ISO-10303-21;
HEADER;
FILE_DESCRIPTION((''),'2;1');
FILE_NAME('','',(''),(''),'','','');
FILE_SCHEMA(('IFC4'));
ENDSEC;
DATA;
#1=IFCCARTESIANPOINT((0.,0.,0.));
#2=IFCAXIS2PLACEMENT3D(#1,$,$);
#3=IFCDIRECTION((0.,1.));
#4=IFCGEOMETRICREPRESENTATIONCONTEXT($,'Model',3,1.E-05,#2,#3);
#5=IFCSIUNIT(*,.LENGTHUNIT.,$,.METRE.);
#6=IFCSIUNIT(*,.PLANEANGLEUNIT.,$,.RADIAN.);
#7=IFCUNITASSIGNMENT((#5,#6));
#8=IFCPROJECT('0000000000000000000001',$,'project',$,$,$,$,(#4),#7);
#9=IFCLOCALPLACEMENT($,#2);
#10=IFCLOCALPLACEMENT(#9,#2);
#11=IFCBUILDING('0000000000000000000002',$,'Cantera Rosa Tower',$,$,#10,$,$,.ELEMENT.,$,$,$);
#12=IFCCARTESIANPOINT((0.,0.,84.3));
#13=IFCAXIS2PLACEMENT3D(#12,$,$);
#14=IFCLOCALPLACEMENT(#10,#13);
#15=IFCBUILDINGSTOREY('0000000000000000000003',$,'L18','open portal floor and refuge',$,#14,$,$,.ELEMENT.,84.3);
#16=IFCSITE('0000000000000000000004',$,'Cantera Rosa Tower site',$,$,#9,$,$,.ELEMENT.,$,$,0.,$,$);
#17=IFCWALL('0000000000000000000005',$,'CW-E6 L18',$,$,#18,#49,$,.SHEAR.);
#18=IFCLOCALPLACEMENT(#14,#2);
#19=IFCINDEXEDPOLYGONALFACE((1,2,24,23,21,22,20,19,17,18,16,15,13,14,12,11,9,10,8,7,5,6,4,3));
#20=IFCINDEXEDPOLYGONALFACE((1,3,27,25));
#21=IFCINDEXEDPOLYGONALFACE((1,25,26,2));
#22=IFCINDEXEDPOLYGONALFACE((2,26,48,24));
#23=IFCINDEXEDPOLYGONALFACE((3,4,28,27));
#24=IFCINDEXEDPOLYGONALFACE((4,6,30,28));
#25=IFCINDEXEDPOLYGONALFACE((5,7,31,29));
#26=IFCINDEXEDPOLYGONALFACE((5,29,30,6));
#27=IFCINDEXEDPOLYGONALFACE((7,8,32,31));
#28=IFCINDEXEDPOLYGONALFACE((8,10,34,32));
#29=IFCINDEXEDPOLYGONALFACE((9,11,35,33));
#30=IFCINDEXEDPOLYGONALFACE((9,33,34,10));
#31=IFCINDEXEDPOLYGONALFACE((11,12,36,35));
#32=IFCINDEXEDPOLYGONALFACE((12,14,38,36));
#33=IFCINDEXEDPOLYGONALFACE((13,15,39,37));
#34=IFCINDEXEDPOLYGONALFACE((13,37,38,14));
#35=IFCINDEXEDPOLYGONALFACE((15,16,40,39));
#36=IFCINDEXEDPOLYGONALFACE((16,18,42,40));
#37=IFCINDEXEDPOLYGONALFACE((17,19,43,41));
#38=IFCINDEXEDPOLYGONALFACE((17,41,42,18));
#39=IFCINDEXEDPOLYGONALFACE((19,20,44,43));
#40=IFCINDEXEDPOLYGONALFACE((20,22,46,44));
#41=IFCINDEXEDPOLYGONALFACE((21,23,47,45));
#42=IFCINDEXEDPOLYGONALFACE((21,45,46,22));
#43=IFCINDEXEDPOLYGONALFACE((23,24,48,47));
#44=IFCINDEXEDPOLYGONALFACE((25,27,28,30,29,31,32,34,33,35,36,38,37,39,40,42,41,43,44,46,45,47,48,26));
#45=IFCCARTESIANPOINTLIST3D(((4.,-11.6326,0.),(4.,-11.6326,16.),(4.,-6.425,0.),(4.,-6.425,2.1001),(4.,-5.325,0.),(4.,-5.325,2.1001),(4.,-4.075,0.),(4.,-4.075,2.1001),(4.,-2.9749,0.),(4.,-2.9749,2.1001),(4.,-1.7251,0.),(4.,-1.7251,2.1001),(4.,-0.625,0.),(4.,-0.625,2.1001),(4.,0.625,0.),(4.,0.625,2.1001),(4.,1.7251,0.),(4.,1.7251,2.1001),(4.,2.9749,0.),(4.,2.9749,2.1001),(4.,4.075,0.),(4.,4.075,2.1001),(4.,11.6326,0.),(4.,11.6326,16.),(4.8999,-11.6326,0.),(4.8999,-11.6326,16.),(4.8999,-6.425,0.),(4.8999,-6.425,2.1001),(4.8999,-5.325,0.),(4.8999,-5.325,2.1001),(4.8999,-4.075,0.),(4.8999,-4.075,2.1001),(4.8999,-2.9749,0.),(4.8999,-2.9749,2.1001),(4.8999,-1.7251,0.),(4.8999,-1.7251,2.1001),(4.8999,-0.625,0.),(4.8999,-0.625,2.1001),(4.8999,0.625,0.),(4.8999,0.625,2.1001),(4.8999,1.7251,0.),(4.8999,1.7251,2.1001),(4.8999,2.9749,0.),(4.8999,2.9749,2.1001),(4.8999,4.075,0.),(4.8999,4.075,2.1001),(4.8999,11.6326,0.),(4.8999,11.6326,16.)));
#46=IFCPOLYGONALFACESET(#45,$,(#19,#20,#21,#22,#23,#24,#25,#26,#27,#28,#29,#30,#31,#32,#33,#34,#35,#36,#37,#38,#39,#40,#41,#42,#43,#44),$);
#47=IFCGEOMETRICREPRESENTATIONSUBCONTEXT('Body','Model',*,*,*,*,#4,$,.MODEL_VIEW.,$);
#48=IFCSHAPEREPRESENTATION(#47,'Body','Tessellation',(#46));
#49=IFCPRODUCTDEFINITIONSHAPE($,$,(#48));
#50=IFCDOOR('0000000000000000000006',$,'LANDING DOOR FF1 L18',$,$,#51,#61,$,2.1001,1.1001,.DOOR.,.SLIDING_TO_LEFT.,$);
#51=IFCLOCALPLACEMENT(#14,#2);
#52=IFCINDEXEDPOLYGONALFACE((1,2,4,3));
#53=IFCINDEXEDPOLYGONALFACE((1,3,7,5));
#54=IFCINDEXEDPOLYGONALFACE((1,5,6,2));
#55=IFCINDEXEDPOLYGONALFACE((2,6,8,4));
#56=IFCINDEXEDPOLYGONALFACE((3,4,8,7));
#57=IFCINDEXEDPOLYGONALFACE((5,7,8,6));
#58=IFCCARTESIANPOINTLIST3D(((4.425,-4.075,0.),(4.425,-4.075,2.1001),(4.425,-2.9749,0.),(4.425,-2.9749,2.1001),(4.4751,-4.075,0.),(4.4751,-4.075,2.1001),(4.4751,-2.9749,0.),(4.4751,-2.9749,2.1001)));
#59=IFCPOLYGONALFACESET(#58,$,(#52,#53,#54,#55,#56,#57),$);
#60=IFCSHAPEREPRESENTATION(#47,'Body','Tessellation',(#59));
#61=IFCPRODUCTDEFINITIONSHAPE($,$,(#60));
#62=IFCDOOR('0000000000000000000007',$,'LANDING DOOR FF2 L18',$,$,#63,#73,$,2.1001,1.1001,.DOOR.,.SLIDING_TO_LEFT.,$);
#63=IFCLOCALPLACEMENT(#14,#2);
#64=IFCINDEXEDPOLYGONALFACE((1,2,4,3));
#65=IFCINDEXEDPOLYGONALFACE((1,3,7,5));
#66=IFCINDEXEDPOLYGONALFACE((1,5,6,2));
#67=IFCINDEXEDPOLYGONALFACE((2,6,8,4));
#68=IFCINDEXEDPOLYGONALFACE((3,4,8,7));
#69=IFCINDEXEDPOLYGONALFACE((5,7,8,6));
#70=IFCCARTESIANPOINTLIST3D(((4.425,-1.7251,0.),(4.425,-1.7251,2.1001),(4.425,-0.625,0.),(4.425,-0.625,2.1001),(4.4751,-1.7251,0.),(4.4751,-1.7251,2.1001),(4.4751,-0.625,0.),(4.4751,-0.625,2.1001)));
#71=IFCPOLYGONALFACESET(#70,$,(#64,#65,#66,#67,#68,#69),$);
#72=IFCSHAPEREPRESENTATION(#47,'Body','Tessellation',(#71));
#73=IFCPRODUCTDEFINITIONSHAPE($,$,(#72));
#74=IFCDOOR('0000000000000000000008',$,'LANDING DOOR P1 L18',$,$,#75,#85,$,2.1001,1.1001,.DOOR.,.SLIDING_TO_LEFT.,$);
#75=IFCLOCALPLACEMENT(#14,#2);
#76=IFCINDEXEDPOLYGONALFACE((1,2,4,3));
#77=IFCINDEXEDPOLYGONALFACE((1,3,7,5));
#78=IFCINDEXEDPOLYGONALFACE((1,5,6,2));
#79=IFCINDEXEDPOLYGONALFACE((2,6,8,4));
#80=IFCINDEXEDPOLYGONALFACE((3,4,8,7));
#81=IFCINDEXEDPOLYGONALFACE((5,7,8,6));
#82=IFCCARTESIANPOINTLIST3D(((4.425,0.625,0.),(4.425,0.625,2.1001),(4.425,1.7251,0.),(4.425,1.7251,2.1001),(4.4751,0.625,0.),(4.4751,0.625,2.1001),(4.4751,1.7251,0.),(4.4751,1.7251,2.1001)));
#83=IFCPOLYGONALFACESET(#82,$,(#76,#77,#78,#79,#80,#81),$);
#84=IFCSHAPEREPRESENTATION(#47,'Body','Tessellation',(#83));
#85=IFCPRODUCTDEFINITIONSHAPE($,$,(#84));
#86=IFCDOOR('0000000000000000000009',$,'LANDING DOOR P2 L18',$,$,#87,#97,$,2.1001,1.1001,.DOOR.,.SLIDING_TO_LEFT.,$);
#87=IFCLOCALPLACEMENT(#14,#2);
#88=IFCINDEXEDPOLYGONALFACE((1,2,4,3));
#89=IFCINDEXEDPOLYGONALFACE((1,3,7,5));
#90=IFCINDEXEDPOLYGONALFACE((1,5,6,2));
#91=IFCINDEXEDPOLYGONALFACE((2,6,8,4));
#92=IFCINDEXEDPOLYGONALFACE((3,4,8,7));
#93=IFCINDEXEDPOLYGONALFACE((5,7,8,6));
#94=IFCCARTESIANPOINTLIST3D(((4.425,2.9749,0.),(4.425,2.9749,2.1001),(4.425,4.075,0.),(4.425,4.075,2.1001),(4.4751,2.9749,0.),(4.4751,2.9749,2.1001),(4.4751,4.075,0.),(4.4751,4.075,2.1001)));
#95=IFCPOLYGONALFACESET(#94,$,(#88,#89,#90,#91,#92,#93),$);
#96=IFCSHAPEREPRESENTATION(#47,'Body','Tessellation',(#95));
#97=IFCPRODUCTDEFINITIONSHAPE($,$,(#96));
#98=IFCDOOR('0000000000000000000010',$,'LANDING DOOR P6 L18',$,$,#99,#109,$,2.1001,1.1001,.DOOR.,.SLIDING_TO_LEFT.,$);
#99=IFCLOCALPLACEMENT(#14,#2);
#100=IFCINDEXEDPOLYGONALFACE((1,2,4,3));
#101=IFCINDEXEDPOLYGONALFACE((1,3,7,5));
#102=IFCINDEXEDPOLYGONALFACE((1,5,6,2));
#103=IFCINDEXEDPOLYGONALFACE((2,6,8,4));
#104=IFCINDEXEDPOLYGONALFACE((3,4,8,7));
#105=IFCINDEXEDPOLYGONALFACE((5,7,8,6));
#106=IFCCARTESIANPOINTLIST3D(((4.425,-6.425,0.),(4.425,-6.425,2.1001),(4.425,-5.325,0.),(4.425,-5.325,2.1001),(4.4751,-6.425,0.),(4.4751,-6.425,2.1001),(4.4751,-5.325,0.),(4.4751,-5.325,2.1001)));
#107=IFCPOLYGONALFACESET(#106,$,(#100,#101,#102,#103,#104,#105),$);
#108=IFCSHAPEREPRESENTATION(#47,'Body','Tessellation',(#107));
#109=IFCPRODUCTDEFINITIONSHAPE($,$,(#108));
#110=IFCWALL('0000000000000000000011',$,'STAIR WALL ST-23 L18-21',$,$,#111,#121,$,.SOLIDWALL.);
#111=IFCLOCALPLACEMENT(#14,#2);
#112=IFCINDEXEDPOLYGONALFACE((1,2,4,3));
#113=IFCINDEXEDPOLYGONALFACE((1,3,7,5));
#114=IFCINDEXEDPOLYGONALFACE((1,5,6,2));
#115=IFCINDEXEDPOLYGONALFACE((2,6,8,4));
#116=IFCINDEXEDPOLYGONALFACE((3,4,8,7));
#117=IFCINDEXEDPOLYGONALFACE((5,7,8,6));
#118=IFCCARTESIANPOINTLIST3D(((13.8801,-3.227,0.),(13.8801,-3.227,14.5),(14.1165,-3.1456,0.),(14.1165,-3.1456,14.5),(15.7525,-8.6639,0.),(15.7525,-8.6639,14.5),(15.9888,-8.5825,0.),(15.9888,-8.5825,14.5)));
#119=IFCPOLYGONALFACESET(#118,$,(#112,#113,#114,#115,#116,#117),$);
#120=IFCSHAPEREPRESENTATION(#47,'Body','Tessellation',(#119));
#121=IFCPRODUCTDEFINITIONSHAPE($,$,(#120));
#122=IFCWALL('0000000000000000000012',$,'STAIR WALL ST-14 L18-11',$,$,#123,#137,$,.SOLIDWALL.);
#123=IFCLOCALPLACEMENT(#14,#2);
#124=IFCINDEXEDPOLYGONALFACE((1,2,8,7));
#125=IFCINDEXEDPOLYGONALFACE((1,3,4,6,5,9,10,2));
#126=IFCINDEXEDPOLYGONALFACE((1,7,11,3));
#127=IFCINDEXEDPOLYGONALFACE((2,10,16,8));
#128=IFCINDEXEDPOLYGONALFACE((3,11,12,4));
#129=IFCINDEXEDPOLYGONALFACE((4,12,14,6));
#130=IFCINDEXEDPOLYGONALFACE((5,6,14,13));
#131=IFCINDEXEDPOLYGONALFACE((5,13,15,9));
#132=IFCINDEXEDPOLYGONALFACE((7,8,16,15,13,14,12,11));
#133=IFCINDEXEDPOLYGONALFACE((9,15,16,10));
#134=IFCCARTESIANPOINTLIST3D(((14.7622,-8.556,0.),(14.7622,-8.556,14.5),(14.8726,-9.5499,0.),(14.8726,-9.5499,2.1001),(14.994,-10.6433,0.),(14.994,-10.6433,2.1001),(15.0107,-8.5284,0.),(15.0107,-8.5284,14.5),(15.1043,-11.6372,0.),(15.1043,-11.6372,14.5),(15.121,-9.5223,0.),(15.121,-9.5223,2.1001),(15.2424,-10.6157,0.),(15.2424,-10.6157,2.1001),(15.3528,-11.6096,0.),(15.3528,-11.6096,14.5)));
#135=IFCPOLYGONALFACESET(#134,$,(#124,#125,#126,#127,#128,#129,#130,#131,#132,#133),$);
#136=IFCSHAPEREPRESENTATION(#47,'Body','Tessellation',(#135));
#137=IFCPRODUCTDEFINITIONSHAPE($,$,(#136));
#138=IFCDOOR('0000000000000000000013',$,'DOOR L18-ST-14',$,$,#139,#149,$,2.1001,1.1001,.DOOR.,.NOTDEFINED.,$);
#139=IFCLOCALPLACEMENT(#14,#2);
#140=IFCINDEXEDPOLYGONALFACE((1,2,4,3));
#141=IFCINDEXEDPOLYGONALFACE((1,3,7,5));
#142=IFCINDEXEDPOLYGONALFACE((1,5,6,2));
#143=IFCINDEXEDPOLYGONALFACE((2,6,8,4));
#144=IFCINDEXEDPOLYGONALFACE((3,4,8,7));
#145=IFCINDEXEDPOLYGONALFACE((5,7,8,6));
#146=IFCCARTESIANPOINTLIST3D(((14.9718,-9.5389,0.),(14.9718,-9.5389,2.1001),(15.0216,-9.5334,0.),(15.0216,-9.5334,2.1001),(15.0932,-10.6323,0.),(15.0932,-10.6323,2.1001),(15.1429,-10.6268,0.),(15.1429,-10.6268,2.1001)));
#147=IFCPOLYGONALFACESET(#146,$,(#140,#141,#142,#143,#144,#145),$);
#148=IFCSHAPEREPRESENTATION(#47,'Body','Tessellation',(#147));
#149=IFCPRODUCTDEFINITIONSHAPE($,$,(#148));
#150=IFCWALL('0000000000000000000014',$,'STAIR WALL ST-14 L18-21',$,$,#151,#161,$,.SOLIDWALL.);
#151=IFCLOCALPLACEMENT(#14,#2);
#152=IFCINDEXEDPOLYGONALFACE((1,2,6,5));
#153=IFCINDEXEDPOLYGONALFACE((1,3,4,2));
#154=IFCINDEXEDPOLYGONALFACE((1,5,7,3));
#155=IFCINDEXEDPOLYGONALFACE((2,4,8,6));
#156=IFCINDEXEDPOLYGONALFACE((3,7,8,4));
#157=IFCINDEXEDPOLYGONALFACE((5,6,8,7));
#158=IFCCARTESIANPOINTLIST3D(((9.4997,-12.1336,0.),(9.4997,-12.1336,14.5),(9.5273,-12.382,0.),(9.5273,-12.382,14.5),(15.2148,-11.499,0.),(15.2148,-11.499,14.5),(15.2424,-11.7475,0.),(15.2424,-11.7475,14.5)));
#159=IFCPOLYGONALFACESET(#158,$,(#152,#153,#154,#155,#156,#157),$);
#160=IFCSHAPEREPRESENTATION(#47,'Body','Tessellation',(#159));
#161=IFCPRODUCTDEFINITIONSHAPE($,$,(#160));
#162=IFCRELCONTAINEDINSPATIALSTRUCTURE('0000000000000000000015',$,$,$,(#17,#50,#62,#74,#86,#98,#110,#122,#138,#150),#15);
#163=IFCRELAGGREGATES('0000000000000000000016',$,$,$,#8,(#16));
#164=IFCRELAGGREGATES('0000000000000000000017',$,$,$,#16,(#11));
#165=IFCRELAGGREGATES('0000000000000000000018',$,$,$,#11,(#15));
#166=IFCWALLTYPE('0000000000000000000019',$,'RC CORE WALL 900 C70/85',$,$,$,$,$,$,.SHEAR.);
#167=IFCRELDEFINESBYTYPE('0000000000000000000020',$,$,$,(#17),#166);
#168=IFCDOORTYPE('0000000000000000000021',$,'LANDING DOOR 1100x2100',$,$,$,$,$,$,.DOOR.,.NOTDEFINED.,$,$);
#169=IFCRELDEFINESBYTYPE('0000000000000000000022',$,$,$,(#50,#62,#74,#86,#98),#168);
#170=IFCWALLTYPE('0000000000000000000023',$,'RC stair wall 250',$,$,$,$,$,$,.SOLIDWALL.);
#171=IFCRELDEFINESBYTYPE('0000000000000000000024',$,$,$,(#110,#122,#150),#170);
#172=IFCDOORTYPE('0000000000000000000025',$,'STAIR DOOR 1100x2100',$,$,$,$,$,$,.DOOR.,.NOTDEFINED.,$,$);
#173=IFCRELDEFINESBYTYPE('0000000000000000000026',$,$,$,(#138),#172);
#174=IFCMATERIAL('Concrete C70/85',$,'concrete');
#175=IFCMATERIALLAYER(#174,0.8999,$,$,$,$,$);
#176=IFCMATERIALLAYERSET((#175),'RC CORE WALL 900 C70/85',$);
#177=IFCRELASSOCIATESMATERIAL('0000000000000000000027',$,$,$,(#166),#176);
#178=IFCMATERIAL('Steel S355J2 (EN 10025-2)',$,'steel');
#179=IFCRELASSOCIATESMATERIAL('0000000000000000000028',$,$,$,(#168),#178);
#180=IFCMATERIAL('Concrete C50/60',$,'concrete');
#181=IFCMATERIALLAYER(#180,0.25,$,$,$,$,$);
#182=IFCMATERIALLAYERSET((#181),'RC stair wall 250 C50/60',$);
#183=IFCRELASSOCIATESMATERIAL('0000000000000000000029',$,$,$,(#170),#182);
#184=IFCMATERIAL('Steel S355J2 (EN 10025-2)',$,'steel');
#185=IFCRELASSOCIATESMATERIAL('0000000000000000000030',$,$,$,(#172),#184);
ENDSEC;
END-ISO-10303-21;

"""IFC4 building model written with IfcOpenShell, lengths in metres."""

from ifc_helpers import new_model, si_unit, direction, frame, frame_2d, origin, place, context, subcontext, project, spatial, rectangle, extrude, material, layer, layer_set, type_object, element, fill, save


model = new_model("IFC4")

# Units and contexts
model_context = context("Model", 3, precision=1e-05, world=origin(), true_north=direction((0.0, 1.0)))
body_context = subcontext(model_context, "Body", "Model", "MODEL_VIEW")
ifc_project = project(units=[si_unit("LENGTHUNIT", "METRE"), si_unit("PLANEANGLEUNIT", "RADIAN")], contexts=[model_context])

# Site, building, storey
site_placement = place(None, origin())
site = spatial("IfcSite", under=ifc_project, at=site_placement, Name="Cantera Rosa Tower site", CompositionType="ELEMENT", RefElevation=0.0)
building_placement = place(site_placement, origin())
building = spatial("IfcBuilding", under=site, at=building_placement, Name="Cantera Rosa Tower", CompositionType="ELEMENT")
storey_placement = place(building_placement, frame((0.0, 0.0, 84.3)))
storey = spatial("IfcBuildingStorey", under=building, at=storey_placement, Name="L18", Description="open portal floor and refuge", CompositionType="ELEMENT", Elevation=84.3)

# Wall, openings, doors
ifc_material_1 = material(Name="Concrete C70/85", Category="concrete")
ifc_layer_1 = layer(ifc_material_1, 0.8999)
ifc_layer_set_1 = layer_set([ifc_layer_1], Name="RC CORE WALL 900 C70/85")
wall_type_1 = type_object("IfcWallType", Name="RC CORE WALL 900 C70/85", PredefinedType="SHEAR", material=ifc_layer_set_1)
wall_1_placement = place(storey_placement, frame((4.45, -11.6326, 0.0), z_axis=(0.0, 0.0, 1.0), x_axis=(0.0, 1.0, 0.0)))
wall_1 = element("IfcWall", 1, at=wall_1_placement, inside=storey, type_object=wall_type_1, Name="CW-E6 L18", PredefinedType="SHEAR", context=body_context, shape_type="SweptSolid", body=[
    extrude(rectangle(XDim=23.2651, YDim=0.8999, at=frame_2d((11.6326, 0.0))), origin(), (0.0, 0.0, 1.0), 16.0),
])
opening_1_placement = place(wall_1_placement, frame((7.5576, 0.0, 0.0)))
opening_1 = element("IfcOpeningElement", 2, at=opening_1_placement, cuts=wall_1, PredefinedType="OPENING", context=body_context, shape_type="SweptSolid", body=[
    extrude(rectangle(XDim=1.1001, YDim=2.1001, at=frame_2d((0.55, 1.05))), frame((0.0, 0.46, 0.0), z_axis=(0.0, -1.0, 0.0), x_axis=(1.0, 0.0, 0.0)), (0.0, 0.0, 1.0), 0.9199),
])
opening_2_placement = place(wall_1_placement, frame((9.9075, 0.0, 0.0)))
opening_2 = element("IfcOpeningElement", 3, at=opening_2_placement, cuts=wall_1, PredefinedType="OPENING", context=body_context, shape_type="SweptSolid", body=[
    extrude(rectangle(XDim=1.1001, YDim=2.1001, at=frame_2d((0.55, 1.05))), frame((0.0, 0.46, 0.0), z_axis=(0.0, -1.0, 0.0), x_axis=(1.0, 0.0, 0.0)), (0.0, 0.0, 1.0), 0.9199),
])
opening_3_placement = place(wall_1_placement, frame((12.2576, 0.0, 0.0)))
opening_3 = element("IfcOpeningElement", 4, at=opening_3_placement, cuts=wall_1, PredefinedType="OPENING", context=body_context, shape_type="SweptSolid", body=[
    extrude(rectangle(XDim=1.1001, YDim=2.1001, at=frame_2d((0.55, 1.05))), frame((0.0, 0.46, 0.0), z_axis=(0.0, -1.0, 0.0), x_axis=(1.0, 0.0, 0.0)), (0.0, 0.0, 1.0), 0.9199),
])
opening_4_placement = place(wall_1_placement, frame((14.6074, 0.0, 0.0)))
opening_4 = element("IfcOpeningElement", 5, at=opening_4_placement, cuts=wall_1, PredefinedType="OPENING", context=body_context, shape_type="SweptSolid", body=[
    extrude(rectangle(XDim=1.1001, YDim=2.1001, at=frame_2d((0.55, 1.05))), frame((0.0, 0.46, 0.0), z_axis=(0.0, -1.0, 0.0), x_axis=(1.0, 0.0, 0.0)), (0.0, 0.0, 1.0), 0.9199),
])
opening_5_placement = place(wall_1_placement, frame((5.2075, 0.0, 0.0)))
opening_5 = element("IfcOpeningElement", 6, at=opening_5_placement, cuts=wall_1, PredefinedType="OPENING", context=body_context, shape_type="SweptSolid", body=[
    extrude(rectangle(XDim=1.1001, YDim=2.1001, at=frame_2d((0.55, 1.05))), frame((0.0, 0.46, 0.0), z_axis=(0.0, -1.0, 0.0), x_axis=(1.0, 0.0, 0.0)), (0.0, 0.0, 1.0), 0.9199),
])
ifc_material_2 = material(Name="Steel S355J2 (EN 10025-2)", Category="steel")
door_type_1 = type_object("IfcDoorType", Name="LANDING DOOR 1100x2100", OperationType="NOTDEFINED", PredefinedType="DOOR", material=ifc_material_2)
door_1_placement = place(opening_1_placement, origin())
door_1 = element("IfcDoor", 7, at=door_1_placement, inside=storey, type_object=door_type_1, Name="LANDING DOOR FF1 L18", OperationType="SLIDING_TO_LEFT", OverallHeight=2.1001, OverallWidth=1.1001, PredefinedType="DOOR", context=body_context, shape_type="SweptSolid", body=[
    extrude(rectangle(XDim=1.1001, YDim=2.1001, at=frame_2d((0.55, 1.05))), frame((0.0, 0.0249, 0.0), z_axis=(0.0, -1.0, 0.0), x_axis=(1.0, 0.0, 0.0)), (0.0, 0.0, 1.0), 0.05),
])
fill(opening_1, door_1)
door_2_placement = place(opening_2_placement, origin())
door_2 = element("IfcDoor", 8, at=door_2_placement, inside=storey, type_object=door_type_1, Name="LANDING DOOR FF2 L18", OperationType="SLIDING_TO_LEFT", OverallHeight=2.1001, OverallWidth=1.1001, PredefinedType="DOOR", context=body_context, shape_type="SweptSolid", body=[
    extrude(rectangle(XDim=1.1001, YDim=2.1001, at=frame_2d((0.55, 1.05))), frame((0.0, 0.0249, 0.0), z_axis=(0.0, -1.0, 0.0), x_axis=(1.0, 0.0, 0.0)), (0.0, 0.0, 1.0), 0.05),
])
fill(opening_2, door_2)
door_3_placement = place(opening_3_placement, origin())
door_3 = element("IfcDoor", 9, at=door_3_placement, inside=storey, type_object=door_type_1, Name="LANDING DOOR P1 L18", OperationType="SLIDING_TO_LEFT", OverallHeight=2.1001, OverallWidth=1.1001, PredefinedType="DOOR", context=body_context, shape_type="SweptSolid", body=[
    extrude(rectangle(XDim=1.1001, YDim=2.1001, at=frame_2d((0.55, 1.05))), frame((0.0, 0.0249, 0.0), z_axis=(0.0, -1.0, 0.0), x_axis=(1.0, 0.0, 0.0)), (0.0, 0.0, 1.0), 0.05),
])
fill(opening_3, door_3)
door_4_placement = place(opening_4_placement, origin())
door_4 = element("IfcDoor", 10, at=door_4_placement, inside=storey, type_object=door_type_1, Name="LANDING DOOR P2 L18", OperationType="SLIDING_TO_LEFT", OverallHeight=2.1001, OverallWidth=1.1001, PredefinedType="DOOR", context=body_context, shape_type="SweptSolid", body=[
    extrude(rectangle(XDim=1.1001, YDim=2.1001, at=frame_2d((0.55, 1.05))), frame((0.0, 0.0249, 0.0), z_axis=(0.0, -1.0, 0.0), x_axis=(1.0, 0.0, 0.0)), (0.0, 0.0, 1.0), 0.05),
])
fill(opening_4, door_4)
door_5_placement = place(opening_5_placement, origin())
door_5 = element("IfcDoor", 11, at=door_5_placement, inside=storey, type_object=door_type_1, Name="LANDING DOOR P6 L18", OperationType="SLIDING_TO_LEFT", OverallHeight=2.1001, OverallWidth=1.1001, PredefinedType="DOOR", context=body_context, shape_type="SweptSolid", body=[
    extrude(rectangle(XDim=1.1001, YDim=2.1001, at=frame_2d((0.55, 1.05))), frame((0.0, 0.0249, 0.0), z_axis=(0.0, -1.0, 0.0), x_axis=(1.0, 0.0, 0.0)), (0.0, 0.0, 1.0), 0.05),
])
fill(opening_5, door_5)

# Wall
ifc_material_3 = material(Name="Concrete C50/60", Category="concrete")
ifc_layer_2 = layer(ifc_material_3, 0.25)
ifc_layer_set_2 = layer_set([ifc_layer_2], Name="RC stair wall 250 C50/60")
wall_type_2 = type_object("IfcWallType", Name="RC stair wall 250", PredefinedType="SOLIDWALL", material=ifc_layer_set_2)
wall_2_placement = place(storey_placement, frame((15.8706, -8.623, 0.0), z_axis=(0.0, 0.0, 1.0), x_axis=(-0.325613, 0.945503, 0.0)))
element("IfcWall", 12, at=wall_2_placement, inside=storey, type_object=wall_type_2, Name="STAIR WALL ST-23 L18-21", PredefinedType="SOLIDWALL", context=body_context, shape_type="SweptSolid", body=[
    extrude(rectangle(XDim=5.7502, YDim=0.25, at=frame_2d((2.875, 0.0))), origin(), (0.0, 0.0, 1.0), 14.5),
])

# Wall, opening, door
wall_3_placement = place(storey_placement, frame((14.8865, -8.5422, 0.0), z_axis=(0.0, 0.0, 1.0), x_axis=(0.110336, -0.993894, 0.0)))
wall_3 = element("IfcWall", 13, at=wall_3_placement, inside=storey, type_object=wall_type_2, Name="STAIR WALL ST-14 L18-11", PredefinedType="SOLIDWALL", context=body_context, shape_type="SweptSolid", body=[
    extrude(rectangle(XDim=3.1001, YDim=0.25, at=frame_2d((1.55, 0.0))), origin(), (0.0, 0.0, 1.0), 14.5),
])
opening_6_placement = place(wall_3_placement, frame((1.0, 0.0, 0.0)))
opening_6 = element("IfcOpeningElement", 14, at=opening_6_placement, cuts=wall_3, PredefinedType="OPENING", context=body_context, shape_type="SweptSolid", body=[
    extrude(rectangle(XDim=1.1001, YDim=2.1001, at=frame_2d((0.55, 1.05))), frame((0.0, 0.135, 0.0), z_axis=(0.0, -1.0, 0.0), x_axis=(1.0, 0.0, 0.0)), (0.0, 0.0, 1.0), 0.27),
])
ifc_material_4 = material(Name="Steel S355J2 (EN 10025-2)", Category="steel")
door_type_2 = type_object("IfcDoorType", Name="STAIR DOOR 1100x2100", OperationType="NOTDEFINED", PredefinedType="DOOR", material=ifc_material_4)
door_6_placement = place(opening_6_placement, origin())
door_6 = element("IfcDoor", 15, at=door_6_placement, inside=storey, type_object=door_type_2, Name="DOOR L18-ST-14", OperationType="NOTDEFINED", OverallHeight=2.1001, OverallWidth=1.1001, PredefinedType="DOOR", context=body_context, shape_type="SweptSolid", body=[
    extrude(rectangle(XDim=1.1001, YDim=2.1001, at=frame_2d((0.55, 1.05))), frame((0.0, 0.0249, 0.0), z_axis=(0.0, -1.0, 0.0), x_axis=(1.0, 0.0, 0.0)), (0.0, 0.0, 1.0), 0.05),
])
fill(opening_6, door_6)

# Wall
wall_4_placement = place(storey_placement, frame((15.2285, -11.6233, 0.0), z_axis=(0.0, 0.0, 1.0), x_axis=(-0.993893, -0.110348, 0.0)))
element("IfcWall", 16, at=wall_4_placement, inside=storey, type_object=wall_type_2, Name="STAIR WALL ST-14 L18-21", PredefinedType="SOLIDWALL", context=body_context, shape_type="SweptSolid", body=[
    extrude(rectangle(XDim=5.7502, YDim=0.25, at=frame_2d((2.875, 0.0))), origin(), (0.0, 0.0, 1.0), 14.5),
])

save(model, "model.ifc")
